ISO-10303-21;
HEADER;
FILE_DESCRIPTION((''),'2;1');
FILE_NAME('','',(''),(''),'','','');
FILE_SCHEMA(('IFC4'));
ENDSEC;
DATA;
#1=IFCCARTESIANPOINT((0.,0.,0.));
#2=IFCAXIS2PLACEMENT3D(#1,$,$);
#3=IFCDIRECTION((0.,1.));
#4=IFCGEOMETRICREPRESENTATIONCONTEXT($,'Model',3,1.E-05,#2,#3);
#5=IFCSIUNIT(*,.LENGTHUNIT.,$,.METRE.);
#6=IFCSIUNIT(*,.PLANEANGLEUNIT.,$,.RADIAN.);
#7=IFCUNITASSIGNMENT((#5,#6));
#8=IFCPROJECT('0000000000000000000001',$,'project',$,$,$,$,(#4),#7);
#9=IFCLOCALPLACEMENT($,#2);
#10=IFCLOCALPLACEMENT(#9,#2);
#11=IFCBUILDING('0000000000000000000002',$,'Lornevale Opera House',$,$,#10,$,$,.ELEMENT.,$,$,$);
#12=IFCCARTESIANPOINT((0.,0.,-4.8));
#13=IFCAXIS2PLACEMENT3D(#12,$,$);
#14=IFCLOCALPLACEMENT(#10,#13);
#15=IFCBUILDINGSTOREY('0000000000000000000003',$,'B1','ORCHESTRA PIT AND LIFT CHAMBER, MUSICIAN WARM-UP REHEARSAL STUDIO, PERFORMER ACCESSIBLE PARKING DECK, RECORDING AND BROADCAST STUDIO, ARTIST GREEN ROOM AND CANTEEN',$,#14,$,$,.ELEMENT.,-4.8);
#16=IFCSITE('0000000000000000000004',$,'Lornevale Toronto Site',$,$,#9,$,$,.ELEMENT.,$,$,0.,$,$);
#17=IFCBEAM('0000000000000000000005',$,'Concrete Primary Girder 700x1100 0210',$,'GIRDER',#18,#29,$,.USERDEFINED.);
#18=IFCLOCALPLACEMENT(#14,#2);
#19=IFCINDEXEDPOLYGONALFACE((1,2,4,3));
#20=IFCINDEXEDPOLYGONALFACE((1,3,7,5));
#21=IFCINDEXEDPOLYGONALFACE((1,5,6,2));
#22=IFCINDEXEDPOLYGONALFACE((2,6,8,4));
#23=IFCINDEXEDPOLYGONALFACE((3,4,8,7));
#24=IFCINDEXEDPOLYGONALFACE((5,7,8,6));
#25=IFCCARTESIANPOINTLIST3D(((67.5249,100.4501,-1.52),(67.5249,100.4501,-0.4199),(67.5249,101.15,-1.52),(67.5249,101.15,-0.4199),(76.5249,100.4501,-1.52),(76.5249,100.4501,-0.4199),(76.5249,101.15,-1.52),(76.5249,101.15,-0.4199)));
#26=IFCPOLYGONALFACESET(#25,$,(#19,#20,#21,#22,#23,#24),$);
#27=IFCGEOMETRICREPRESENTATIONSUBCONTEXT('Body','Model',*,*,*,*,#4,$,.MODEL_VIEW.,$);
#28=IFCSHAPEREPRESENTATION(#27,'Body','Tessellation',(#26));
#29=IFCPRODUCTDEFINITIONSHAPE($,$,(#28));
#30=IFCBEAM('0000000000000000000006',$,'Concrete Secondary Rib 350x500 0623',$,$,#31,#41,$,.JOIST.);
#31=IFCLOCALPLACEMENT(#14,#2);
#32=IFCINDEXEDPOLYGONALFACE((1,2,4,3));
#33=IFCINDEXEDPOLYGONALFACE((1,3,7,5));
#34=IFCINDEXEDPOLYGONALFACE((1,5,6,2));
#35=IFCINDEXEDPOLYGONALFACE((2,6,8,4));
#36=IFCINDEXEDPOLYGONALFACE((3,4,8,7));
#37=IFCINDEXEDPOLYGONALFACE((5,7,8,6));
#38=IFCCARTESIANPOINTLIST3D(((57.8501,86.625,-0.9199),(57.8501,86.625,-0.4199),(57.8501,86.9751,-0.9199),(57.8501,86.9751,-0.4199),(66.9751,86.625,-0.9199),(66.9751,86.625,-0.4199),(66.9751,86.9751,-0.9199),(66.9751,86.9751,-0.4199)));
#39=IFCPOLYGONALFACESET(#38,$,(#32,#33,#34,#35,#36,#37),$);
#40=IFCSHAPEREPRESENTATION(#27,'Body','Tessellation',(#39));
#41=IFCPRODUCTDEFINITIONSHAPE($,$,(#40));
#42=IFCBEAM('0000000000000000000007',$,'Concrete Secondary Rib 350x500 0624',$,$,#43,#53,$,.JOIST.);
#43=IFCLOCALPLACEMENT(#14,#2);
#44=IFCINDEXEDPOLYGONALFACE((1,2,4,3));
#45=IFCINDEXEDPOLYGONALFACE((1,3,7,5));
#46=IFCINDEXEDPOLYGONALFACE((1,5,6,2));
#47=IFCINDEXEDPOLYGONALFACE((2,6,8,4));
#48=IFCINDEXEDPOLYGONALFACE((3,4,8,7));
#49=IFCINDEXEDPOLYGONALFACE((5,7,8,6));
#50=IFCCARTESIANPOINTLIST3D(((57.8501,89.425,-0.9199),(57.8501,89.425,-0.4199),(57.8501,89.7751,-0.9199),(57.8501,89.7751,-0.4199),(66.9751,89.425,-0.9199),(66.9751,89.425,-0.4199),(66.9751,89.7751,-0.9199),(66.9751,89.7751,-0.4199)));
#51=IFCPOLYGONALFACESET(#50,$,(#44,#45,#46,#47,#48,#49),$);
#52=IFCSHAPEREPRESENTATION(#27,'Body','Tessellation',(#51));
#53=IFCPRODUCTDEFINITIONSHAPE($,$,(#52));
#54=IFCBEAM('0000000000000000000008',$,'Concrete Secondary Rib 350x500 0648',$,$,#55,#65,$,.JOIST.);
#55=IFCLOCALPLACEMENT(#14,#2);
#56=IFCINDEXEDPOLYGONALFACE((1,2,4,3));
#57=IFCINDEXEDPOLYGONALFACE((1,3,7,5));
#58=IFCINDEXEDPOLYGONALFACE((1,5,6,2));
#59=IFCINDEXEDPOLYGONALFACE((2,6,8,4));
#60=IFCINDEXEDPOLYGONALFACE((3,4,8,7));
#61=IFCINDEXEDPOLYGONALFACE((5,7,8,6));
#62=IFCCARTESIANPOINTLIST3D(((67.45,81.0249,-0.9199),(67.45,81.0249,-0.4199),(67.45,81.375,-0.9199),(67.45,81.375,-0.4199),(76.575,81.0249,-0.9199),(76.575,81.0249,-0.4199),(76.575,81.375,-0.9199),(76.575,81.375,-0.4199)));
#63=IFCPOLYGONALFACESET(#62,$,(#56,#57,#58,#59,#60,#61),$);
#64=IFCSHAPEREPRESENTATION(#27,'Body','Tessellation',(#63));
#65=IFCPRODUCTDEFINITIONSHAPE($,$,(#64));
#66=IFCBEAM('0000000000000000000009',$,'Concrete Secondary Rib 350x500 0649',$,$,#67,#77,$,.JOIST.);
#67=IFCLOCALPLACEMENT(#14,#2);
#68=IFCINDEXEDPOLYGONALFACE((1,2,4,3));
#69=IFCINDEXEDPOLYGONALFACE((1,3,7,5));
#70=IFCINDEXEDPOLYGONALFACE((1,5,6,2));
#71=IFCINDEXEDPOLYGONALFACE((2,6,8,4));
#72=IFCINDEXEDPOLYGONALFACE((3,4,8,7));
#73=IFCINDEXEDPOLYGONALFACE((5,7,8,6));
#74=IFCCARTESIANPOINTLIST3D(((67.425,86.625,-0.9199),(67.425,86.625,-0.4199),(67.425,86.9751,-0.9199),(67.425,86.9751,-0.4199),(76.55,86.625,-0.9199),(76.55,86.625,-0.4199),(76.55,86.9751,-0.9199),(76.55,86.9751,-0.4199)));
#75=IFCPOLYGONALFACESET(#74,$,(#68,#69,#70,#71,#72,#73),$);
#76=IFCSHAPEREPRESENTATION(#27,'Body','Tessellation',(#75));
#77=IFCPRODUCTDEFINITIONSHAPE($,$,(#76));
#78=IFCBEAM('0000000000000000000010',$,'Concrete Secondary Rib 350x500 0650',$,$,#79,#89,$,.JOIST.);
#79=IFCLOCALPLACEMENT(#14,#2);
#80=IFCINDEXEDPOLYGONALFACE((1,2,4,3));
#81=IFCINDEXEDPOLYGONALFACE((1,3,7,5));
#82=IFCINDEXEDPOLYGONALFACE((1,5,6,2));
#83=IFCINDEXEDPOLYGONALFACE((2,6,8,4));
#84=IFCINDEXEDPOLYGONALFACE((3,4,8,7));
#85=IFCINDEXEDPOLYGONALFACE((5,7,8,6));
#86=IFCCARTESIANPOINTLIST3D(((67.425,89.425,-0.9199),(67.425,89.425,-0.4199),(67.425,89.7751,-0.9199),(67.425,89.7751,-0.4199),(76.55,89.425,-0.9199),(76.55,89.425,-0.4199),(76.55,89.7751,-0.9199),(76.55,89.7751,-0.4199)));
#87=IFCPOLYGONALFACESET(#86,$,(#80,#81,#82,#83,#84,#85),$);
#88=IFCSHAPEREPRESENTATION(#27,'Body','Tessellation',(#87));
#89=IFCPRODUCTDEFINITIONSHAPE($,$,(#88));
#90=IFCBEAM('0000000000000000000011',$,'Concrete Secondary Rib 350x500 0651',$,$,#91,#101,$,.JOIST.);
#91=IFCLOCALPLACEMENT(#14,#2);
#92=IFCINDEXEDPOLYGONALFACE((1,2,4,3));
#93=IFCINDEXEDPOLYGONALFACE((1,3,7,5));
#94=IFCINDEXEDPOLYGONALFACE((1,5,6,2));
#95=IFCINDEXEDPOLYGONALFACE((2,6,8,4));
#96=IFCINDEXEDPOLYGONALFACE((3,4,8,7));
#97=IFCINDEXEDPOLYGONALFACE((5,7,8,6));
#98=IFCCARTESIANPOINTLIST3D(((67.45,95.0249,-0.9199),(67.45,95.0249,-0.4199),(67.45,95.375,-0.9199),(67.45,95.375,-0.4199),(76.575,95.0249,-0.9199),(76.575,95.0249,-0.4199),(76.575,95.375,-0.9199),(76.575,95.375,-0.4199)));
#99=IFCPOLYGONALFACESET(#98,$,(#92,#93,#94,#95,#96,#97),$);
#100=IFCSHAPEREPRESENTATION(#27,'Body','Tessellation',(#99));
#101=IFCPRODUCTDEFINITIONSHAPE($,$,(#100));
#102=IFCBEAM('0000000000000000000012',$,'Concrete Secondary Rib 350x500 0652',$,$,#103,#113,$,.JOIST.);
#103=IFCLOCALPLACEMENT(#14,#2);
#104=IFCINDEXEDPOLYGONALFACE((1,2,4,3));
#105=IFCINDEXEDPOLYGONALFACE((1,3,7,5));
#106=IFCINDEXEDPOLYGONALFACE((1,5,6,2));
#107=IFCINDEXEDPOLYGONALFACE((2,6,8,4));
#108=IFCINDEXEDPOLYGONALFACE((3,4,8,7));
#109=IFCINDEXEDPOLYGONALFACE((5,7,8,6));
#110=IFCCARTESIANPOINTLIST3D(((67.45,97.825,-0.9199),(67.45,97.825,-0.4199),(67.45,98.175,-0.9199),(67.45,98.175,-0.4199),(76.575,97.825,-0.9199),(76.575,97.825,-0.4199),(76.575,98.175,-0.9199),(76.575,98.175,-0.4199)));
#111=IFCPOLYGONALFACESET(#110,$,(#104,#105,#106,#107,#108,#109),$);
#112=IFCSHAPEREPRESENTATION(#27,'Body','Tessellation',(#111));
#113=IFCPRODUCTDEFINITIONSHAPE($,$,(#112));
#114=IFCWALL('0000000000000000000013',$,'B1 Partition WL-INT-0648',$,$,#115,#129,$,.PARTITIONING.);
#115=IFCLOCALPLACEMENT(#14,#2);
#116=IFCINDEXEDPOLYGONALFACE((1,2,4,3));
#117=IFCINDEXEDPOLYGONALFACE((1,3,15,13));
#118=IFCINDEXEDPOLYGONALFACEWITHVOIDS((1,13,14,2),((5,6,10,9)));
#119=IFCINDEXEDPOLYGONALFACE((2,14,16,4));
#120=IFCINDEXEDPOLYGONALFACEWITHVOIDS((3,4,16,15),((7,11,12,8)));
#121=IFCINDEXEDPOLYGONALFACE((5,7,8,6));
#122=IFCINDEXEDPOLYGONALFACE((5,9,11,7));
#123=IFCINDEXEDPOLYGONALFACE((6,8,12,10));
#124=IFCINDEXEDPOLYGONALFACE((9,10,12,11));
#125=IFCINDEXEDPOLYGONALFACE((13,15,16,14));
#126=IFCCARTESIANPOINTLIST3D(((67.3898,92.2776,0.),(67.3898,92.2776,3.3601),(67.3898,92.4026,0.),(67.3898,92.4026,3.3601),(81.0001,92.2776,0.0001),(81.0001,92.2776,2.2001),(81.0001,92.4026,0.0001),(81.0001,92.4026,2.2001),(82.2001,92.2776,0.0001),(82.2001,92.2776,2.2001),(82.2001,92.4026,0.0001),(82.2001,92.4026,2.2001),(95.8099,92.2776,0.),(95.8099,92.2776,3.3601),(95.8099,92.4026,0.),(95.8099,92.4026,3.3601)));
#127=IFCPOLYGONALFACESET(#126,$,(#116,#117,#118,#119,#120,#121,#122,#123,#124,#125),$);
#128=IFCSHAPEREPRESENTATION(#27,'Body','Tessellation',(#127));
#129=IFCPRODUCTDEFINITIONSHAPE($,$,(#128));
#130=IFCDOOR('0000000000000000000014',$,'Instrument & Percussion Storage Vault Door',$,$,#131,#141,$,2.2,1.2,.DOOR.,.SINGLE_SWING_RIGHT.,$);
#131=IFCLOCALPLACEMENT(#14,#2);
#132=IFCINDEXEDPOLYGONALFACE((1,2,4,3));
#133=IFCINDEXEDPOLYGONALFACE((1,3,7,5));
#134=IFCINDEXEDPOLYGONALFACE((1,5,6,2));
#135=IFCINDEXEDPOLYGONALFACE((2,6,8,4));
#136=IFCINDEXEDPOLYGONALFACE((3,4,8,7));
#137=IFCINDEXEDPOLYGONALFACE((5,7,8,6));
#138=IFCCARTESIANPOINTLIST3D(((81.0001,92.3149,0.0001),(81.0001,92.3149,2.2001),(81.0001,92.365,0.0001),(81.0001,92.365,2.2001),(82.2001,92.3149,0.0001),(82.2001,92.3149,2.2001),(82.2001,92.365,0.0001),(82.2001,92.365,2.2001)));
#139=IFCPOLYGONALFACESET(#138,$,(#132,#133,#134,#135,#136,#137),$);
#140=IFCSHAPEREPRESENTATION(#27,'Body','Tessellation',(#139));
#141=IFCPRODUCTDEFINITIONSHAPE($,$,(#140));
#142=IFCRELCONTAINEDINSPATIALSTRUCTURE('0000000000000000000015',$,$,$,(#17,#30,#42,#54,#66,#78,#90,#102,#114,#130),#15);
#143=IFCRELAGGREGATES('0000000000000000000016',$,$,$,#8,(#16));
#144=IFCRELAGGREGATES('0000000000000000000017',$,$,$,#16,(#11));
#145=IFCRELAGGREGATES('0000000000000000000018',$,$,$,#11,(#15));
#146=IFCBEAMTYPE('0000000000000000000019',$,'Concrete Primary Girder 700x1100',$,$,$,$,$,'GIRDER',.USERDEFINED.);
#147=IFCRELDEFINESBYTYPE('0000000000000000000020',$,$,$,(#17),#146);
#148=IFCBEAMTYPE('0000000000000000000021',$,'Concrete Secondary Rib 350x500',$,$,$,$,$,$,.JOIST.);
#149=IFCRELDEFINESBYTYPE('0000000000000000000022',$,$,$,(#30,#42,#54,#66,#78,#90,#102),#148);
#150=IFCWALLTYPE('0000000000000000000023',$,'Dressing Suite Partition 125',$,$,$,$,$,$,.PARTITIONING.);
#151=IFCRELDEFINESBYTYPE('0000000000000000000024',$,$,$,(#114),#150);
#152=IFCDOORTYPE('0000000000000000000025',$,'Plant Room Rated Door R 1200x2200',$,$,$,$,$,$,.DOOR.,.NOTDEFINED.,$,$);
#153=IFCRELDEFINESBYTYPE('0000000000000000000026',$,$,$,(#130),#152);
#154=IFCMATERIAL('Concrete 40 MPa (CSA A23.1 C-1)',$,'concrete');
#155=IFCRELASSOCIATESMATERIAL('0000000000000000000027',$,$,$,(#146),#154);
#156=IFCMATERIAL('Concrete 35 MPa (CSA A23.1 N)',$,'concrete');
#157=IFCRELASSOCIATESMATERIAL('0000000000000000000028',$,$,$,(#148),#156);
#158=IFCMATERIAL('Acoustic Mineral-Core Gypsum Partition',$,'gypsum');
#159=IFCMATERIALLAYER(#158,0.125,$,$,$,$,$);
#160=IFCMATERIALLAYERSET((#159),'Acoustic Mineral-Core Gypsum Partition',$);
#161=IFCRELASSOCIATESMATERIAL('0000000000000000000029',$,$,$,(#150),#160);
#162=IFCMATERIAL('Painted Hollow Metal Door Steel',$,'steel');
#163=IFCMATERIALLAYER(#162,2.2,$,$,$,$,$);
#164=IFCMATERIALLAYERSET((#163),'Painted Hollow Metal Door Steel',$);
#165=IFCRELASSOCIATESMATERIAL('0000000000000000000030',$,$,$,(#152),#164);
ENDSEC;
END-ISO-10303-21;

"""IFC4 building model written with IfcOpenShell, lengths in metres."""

from ifc_helpers import new_model, si_unit, direction, frame, frame_2d, origin, origin_2d, place, context, subcontext, project, spatial, rectangle, extrude, material, layer, layer_set, material_profile, profile_set, type_object, element, fill, save


model = new_model("IFC4")

# Units and contexts
model_context = context("Model", 3, precision=1e-05, world=origin(), true_north=direction((0.0, 1.0)))
body_context = subcontext(model_context, "Body", "Model", "MODEL_VIEW")
ifc_project = project(units=[si_unit("LENGTHUNIT", "METRE"), si_unit("PLANEANGLEUNIT", "RADIAN")], contexts=[model_context])

# Site, building, storey
site_placement = place(None, origin())
site = spatial("IfcSite", under=ifc_project, at=site_placement, Name="Lornevale Toronto Site", CompositionType="ELEMENT", RefElevation=0.0)
building_placement = place(site_placement, origin())
building = spatial("IfcBuilding", under=site, at=building_placement, Name="Lornevale Opera House", CompositionType="ELEMENT")
storey_placement = place(building_placement, frame((0.0, 0.0, -4.8)))
storey = spatial("IfcBuildingStorey", under=building, at=storey_placement, Name="B1", Description="ORCHESTRA PIT AND LIFT CHAMBER, MUSICIAN WARM-UP REHEARSAL STUDIO, PERFORMER ACCESSIBLE PARKING DECK, RECORDING AND BROADCAST STUDIO, ARTIST GREEN ROOM AND CANTEEN", CompositionType="ELEMENT", Elevation=-4.8)

# Shared definitions
ifc_material_1 = material(Name="Concrete 40 MPa (CSA A23.1 C-1)", Category="concrete")

# Beams
ifc_material_2 = material(Name="Concrete 35 MPa (CSA A23.1 N)", Category="concrete")
ifc_material_profile_1 = material_profile(ifc_material_1, rectangle(XDim=0.7, YDim=1.1001, at=origin_2d()), Name="RC700x1100")
ifc_profile_set_1 = profile_set([ifc_material_profile_1], Name="Concrete 40 MPa (CSA A23.1 C-1)")
beam_type_1 = type_object("IfcBeamType", Name="Concrete Primary Girder 700x1100", ElementType="GIRDER", PredefinedType="USERDEFINED", material=ifc_profile_set_1)
beam_1_placement = place(storey_placement, frame((67.5249, 100.8, -0.97), z_axis=(1.0, 0.0, 0.0), x_axis=(0.0, 1.0, 0.0)))
element("IfcBeam", 1, at=beam_1_placement, inside=storey, type_object=beam_type_1, Name="Concrete Primary Girder 700x1100 0210", ObjectType="GIRDER", PredefinedType="USERDEFINED", context=body_context, shape_type="SweptSolid", body=[
    extrude(rectangle(XDim=0.7, YDim=1.1001, at=origin_2d()), origin(), (0.0, 0.0, 1.0), 9.0),
])
ifc_material_profile_2 = material_profile(ifc_material_2, rectangle(XDim=0.3501, YDim=0.5, at=origin_2d()), Name="RC350x500")
ifc_profile_set_2 = profile_set([ifc_material_profile_2], Name="Concrete 35 MPa (CSA A23.1 N)")
beam_type_2 = type_object("IfcBeamType", Name="Concrete Secondary Rib 350x500", PredefinedType="JOIST", material=ifc_profile_set_2)
for number, where, z_axis, x_axis, name in (
    (2, (57.8501, 86.8, -0.6699), (1.0, 0.0, 0.0), (0.0, 1.0, 0.0), "Concrete Secondary Rib 350x500 0623"),
    (3, (57.8501, 89.6001, -0.6699), (1.0, 0.0, 0.0), (0.0, 1.0, 0.0), "Concrete Secondary Rib 350x500 0624"),
    (4, (67.45, 81.2, -0.6699), (1.0, 0.0, 0.0), (0.0, 1.0, 0.0), "Concrete Secondary Rib 350x500 0648"),
    (5, (67.425, 86.8, -0.6699), (1.0, 0.0, 0.0), (0.0, 1.0, 0.0), "Concrete Secondary Rib 350x500 0649"),
    (6, (67.425, 89.6001, -0.6699), (1.0, 0.0, 0.0), (0.0, 1.0, 0.0), "Concrete Secondary Rib 350x500 0650"),
    (7, (67.45, 95.2, -0.6699), (1.0, 0.0, 0.0), (0.0, 1.0, 0.0), "Concrete Secondary Rib 350x500 0651"),
    (8, (67.45, 98.0, -0.6699), (1.0, 0.0, 0.0), (0.0, 1.0, 0.0), "Concrete Secondary Rib 350x500 0652"),
):
    element("IfcBeam", number, at=place(storey_placement, frame(where, z_axis=z_axis, x_axis=x_axis)), inside=storey, type_object=beam_type_2, Name=name, PredefinedType="JOIST", context=body_context, shape_type="SweptSolid", body=[
        extrude(rectangle(XDim=0.3501, YDim=0.5, at=origin_2d()), origin(), (0.0, 0.0, 1.0), 9.125),
    ])

# Wall, opening, door
ifc_material_3 = material(Name="Acoustic Mineral-Core Gypsum Partition", Category="gypsum")
ifc_layer_1 = layer(ifc_material_3, 0.125)
ifc_layer_set_1 = layer_set([ifc_layer_1], Name="Acoustic Mineral-Core Gypsum Partition")
wall_type = type_object("IfcWallType", Name="Dressing Suite Partition 125", PredefinedType="PARTITIONING", material=ifc_layer_set_1)
wall_placement = place(storey_placement, frame((67.3899, 92.3401, 0.0), z_axis=(0.0, 0.0, 1.0), x_axis=(1.0, 0.0, 0.0)))
wall = element("IfcWall", 9, at=wall_placement, inside=storey, type_object=wall_type, Name="B1 Partition WL-INT-0648", PredefinedType="PARTITIONING", context=body_context, shape_type="SweptSolid", body=[
    extrude(rectangle(XDim=28.4202, YDim=0.125, at=frame_2d((14.21, 0.0))), origin(), (0.0, 0.0, 1.0), 3.3601),
])
opening_placement = place(wall_placement, frame((13.6101, 0.0, 0.0)))
opening = element("IfcOpeningElement", 10, at=opening_placement, cuts=wall, PredefinedType="OPENING", context=body_context, shape_type="SweptSolid", body=[
    extrude(rectangle(XDim=1.2, YDim=2.2, at=frame_2d((0.6001, 1.1001))), frame((0.0, 0.0725, 0.0), z_axis=(0.0, -1.0, 0.0), x_axis=(1.0, 0.0, 0.0)), (0.0, 0.0, 1.0), 0.145),
])
ifc_material_4 = material(Name="Painted Hollow Metal Door Steel", Category="steel")
ifc_layer_2 = layer(ifc_material_4, 2.2)
ifc_layer_set_2 = layer_set([ifc_layer_2], Name="Painted Hollow Metal Door Steel")
door_type = type_object("IfcDoorType", Name="Plant Room Rated Door R 1200x2200", OperationType="NOTDEFINED", PredefinedType="DOOR", material=ifc_layer_set_2)
door_placement = place(opening_placement, origin())
door = element("IfcDoor", 11, at=door_placement, inside=storey, type_object=door_type, Name="Instrument & Percussion Storage Vault Door", OperationType="SINGLE_SWING_RIGHT", OverallHeight=2.2, OverallWidth=1.2, PredefinedType="DOOR", context=body_context, shape_type="SweptSolid", body=[
    extrude(rectangle(XDim=1.2, YDim=2.2, at=frame_2d((0.6001, 1.1001))), frame((0.0, 0.0249, 0.0), z_axis=(0.0, -1.0, 0.0), x_axis=(1.0, 0.0, 0.0)), (0.0, 0.0, 1.0), 0.05),
])
fill(opening, door)

save(model, "model.ifc")
